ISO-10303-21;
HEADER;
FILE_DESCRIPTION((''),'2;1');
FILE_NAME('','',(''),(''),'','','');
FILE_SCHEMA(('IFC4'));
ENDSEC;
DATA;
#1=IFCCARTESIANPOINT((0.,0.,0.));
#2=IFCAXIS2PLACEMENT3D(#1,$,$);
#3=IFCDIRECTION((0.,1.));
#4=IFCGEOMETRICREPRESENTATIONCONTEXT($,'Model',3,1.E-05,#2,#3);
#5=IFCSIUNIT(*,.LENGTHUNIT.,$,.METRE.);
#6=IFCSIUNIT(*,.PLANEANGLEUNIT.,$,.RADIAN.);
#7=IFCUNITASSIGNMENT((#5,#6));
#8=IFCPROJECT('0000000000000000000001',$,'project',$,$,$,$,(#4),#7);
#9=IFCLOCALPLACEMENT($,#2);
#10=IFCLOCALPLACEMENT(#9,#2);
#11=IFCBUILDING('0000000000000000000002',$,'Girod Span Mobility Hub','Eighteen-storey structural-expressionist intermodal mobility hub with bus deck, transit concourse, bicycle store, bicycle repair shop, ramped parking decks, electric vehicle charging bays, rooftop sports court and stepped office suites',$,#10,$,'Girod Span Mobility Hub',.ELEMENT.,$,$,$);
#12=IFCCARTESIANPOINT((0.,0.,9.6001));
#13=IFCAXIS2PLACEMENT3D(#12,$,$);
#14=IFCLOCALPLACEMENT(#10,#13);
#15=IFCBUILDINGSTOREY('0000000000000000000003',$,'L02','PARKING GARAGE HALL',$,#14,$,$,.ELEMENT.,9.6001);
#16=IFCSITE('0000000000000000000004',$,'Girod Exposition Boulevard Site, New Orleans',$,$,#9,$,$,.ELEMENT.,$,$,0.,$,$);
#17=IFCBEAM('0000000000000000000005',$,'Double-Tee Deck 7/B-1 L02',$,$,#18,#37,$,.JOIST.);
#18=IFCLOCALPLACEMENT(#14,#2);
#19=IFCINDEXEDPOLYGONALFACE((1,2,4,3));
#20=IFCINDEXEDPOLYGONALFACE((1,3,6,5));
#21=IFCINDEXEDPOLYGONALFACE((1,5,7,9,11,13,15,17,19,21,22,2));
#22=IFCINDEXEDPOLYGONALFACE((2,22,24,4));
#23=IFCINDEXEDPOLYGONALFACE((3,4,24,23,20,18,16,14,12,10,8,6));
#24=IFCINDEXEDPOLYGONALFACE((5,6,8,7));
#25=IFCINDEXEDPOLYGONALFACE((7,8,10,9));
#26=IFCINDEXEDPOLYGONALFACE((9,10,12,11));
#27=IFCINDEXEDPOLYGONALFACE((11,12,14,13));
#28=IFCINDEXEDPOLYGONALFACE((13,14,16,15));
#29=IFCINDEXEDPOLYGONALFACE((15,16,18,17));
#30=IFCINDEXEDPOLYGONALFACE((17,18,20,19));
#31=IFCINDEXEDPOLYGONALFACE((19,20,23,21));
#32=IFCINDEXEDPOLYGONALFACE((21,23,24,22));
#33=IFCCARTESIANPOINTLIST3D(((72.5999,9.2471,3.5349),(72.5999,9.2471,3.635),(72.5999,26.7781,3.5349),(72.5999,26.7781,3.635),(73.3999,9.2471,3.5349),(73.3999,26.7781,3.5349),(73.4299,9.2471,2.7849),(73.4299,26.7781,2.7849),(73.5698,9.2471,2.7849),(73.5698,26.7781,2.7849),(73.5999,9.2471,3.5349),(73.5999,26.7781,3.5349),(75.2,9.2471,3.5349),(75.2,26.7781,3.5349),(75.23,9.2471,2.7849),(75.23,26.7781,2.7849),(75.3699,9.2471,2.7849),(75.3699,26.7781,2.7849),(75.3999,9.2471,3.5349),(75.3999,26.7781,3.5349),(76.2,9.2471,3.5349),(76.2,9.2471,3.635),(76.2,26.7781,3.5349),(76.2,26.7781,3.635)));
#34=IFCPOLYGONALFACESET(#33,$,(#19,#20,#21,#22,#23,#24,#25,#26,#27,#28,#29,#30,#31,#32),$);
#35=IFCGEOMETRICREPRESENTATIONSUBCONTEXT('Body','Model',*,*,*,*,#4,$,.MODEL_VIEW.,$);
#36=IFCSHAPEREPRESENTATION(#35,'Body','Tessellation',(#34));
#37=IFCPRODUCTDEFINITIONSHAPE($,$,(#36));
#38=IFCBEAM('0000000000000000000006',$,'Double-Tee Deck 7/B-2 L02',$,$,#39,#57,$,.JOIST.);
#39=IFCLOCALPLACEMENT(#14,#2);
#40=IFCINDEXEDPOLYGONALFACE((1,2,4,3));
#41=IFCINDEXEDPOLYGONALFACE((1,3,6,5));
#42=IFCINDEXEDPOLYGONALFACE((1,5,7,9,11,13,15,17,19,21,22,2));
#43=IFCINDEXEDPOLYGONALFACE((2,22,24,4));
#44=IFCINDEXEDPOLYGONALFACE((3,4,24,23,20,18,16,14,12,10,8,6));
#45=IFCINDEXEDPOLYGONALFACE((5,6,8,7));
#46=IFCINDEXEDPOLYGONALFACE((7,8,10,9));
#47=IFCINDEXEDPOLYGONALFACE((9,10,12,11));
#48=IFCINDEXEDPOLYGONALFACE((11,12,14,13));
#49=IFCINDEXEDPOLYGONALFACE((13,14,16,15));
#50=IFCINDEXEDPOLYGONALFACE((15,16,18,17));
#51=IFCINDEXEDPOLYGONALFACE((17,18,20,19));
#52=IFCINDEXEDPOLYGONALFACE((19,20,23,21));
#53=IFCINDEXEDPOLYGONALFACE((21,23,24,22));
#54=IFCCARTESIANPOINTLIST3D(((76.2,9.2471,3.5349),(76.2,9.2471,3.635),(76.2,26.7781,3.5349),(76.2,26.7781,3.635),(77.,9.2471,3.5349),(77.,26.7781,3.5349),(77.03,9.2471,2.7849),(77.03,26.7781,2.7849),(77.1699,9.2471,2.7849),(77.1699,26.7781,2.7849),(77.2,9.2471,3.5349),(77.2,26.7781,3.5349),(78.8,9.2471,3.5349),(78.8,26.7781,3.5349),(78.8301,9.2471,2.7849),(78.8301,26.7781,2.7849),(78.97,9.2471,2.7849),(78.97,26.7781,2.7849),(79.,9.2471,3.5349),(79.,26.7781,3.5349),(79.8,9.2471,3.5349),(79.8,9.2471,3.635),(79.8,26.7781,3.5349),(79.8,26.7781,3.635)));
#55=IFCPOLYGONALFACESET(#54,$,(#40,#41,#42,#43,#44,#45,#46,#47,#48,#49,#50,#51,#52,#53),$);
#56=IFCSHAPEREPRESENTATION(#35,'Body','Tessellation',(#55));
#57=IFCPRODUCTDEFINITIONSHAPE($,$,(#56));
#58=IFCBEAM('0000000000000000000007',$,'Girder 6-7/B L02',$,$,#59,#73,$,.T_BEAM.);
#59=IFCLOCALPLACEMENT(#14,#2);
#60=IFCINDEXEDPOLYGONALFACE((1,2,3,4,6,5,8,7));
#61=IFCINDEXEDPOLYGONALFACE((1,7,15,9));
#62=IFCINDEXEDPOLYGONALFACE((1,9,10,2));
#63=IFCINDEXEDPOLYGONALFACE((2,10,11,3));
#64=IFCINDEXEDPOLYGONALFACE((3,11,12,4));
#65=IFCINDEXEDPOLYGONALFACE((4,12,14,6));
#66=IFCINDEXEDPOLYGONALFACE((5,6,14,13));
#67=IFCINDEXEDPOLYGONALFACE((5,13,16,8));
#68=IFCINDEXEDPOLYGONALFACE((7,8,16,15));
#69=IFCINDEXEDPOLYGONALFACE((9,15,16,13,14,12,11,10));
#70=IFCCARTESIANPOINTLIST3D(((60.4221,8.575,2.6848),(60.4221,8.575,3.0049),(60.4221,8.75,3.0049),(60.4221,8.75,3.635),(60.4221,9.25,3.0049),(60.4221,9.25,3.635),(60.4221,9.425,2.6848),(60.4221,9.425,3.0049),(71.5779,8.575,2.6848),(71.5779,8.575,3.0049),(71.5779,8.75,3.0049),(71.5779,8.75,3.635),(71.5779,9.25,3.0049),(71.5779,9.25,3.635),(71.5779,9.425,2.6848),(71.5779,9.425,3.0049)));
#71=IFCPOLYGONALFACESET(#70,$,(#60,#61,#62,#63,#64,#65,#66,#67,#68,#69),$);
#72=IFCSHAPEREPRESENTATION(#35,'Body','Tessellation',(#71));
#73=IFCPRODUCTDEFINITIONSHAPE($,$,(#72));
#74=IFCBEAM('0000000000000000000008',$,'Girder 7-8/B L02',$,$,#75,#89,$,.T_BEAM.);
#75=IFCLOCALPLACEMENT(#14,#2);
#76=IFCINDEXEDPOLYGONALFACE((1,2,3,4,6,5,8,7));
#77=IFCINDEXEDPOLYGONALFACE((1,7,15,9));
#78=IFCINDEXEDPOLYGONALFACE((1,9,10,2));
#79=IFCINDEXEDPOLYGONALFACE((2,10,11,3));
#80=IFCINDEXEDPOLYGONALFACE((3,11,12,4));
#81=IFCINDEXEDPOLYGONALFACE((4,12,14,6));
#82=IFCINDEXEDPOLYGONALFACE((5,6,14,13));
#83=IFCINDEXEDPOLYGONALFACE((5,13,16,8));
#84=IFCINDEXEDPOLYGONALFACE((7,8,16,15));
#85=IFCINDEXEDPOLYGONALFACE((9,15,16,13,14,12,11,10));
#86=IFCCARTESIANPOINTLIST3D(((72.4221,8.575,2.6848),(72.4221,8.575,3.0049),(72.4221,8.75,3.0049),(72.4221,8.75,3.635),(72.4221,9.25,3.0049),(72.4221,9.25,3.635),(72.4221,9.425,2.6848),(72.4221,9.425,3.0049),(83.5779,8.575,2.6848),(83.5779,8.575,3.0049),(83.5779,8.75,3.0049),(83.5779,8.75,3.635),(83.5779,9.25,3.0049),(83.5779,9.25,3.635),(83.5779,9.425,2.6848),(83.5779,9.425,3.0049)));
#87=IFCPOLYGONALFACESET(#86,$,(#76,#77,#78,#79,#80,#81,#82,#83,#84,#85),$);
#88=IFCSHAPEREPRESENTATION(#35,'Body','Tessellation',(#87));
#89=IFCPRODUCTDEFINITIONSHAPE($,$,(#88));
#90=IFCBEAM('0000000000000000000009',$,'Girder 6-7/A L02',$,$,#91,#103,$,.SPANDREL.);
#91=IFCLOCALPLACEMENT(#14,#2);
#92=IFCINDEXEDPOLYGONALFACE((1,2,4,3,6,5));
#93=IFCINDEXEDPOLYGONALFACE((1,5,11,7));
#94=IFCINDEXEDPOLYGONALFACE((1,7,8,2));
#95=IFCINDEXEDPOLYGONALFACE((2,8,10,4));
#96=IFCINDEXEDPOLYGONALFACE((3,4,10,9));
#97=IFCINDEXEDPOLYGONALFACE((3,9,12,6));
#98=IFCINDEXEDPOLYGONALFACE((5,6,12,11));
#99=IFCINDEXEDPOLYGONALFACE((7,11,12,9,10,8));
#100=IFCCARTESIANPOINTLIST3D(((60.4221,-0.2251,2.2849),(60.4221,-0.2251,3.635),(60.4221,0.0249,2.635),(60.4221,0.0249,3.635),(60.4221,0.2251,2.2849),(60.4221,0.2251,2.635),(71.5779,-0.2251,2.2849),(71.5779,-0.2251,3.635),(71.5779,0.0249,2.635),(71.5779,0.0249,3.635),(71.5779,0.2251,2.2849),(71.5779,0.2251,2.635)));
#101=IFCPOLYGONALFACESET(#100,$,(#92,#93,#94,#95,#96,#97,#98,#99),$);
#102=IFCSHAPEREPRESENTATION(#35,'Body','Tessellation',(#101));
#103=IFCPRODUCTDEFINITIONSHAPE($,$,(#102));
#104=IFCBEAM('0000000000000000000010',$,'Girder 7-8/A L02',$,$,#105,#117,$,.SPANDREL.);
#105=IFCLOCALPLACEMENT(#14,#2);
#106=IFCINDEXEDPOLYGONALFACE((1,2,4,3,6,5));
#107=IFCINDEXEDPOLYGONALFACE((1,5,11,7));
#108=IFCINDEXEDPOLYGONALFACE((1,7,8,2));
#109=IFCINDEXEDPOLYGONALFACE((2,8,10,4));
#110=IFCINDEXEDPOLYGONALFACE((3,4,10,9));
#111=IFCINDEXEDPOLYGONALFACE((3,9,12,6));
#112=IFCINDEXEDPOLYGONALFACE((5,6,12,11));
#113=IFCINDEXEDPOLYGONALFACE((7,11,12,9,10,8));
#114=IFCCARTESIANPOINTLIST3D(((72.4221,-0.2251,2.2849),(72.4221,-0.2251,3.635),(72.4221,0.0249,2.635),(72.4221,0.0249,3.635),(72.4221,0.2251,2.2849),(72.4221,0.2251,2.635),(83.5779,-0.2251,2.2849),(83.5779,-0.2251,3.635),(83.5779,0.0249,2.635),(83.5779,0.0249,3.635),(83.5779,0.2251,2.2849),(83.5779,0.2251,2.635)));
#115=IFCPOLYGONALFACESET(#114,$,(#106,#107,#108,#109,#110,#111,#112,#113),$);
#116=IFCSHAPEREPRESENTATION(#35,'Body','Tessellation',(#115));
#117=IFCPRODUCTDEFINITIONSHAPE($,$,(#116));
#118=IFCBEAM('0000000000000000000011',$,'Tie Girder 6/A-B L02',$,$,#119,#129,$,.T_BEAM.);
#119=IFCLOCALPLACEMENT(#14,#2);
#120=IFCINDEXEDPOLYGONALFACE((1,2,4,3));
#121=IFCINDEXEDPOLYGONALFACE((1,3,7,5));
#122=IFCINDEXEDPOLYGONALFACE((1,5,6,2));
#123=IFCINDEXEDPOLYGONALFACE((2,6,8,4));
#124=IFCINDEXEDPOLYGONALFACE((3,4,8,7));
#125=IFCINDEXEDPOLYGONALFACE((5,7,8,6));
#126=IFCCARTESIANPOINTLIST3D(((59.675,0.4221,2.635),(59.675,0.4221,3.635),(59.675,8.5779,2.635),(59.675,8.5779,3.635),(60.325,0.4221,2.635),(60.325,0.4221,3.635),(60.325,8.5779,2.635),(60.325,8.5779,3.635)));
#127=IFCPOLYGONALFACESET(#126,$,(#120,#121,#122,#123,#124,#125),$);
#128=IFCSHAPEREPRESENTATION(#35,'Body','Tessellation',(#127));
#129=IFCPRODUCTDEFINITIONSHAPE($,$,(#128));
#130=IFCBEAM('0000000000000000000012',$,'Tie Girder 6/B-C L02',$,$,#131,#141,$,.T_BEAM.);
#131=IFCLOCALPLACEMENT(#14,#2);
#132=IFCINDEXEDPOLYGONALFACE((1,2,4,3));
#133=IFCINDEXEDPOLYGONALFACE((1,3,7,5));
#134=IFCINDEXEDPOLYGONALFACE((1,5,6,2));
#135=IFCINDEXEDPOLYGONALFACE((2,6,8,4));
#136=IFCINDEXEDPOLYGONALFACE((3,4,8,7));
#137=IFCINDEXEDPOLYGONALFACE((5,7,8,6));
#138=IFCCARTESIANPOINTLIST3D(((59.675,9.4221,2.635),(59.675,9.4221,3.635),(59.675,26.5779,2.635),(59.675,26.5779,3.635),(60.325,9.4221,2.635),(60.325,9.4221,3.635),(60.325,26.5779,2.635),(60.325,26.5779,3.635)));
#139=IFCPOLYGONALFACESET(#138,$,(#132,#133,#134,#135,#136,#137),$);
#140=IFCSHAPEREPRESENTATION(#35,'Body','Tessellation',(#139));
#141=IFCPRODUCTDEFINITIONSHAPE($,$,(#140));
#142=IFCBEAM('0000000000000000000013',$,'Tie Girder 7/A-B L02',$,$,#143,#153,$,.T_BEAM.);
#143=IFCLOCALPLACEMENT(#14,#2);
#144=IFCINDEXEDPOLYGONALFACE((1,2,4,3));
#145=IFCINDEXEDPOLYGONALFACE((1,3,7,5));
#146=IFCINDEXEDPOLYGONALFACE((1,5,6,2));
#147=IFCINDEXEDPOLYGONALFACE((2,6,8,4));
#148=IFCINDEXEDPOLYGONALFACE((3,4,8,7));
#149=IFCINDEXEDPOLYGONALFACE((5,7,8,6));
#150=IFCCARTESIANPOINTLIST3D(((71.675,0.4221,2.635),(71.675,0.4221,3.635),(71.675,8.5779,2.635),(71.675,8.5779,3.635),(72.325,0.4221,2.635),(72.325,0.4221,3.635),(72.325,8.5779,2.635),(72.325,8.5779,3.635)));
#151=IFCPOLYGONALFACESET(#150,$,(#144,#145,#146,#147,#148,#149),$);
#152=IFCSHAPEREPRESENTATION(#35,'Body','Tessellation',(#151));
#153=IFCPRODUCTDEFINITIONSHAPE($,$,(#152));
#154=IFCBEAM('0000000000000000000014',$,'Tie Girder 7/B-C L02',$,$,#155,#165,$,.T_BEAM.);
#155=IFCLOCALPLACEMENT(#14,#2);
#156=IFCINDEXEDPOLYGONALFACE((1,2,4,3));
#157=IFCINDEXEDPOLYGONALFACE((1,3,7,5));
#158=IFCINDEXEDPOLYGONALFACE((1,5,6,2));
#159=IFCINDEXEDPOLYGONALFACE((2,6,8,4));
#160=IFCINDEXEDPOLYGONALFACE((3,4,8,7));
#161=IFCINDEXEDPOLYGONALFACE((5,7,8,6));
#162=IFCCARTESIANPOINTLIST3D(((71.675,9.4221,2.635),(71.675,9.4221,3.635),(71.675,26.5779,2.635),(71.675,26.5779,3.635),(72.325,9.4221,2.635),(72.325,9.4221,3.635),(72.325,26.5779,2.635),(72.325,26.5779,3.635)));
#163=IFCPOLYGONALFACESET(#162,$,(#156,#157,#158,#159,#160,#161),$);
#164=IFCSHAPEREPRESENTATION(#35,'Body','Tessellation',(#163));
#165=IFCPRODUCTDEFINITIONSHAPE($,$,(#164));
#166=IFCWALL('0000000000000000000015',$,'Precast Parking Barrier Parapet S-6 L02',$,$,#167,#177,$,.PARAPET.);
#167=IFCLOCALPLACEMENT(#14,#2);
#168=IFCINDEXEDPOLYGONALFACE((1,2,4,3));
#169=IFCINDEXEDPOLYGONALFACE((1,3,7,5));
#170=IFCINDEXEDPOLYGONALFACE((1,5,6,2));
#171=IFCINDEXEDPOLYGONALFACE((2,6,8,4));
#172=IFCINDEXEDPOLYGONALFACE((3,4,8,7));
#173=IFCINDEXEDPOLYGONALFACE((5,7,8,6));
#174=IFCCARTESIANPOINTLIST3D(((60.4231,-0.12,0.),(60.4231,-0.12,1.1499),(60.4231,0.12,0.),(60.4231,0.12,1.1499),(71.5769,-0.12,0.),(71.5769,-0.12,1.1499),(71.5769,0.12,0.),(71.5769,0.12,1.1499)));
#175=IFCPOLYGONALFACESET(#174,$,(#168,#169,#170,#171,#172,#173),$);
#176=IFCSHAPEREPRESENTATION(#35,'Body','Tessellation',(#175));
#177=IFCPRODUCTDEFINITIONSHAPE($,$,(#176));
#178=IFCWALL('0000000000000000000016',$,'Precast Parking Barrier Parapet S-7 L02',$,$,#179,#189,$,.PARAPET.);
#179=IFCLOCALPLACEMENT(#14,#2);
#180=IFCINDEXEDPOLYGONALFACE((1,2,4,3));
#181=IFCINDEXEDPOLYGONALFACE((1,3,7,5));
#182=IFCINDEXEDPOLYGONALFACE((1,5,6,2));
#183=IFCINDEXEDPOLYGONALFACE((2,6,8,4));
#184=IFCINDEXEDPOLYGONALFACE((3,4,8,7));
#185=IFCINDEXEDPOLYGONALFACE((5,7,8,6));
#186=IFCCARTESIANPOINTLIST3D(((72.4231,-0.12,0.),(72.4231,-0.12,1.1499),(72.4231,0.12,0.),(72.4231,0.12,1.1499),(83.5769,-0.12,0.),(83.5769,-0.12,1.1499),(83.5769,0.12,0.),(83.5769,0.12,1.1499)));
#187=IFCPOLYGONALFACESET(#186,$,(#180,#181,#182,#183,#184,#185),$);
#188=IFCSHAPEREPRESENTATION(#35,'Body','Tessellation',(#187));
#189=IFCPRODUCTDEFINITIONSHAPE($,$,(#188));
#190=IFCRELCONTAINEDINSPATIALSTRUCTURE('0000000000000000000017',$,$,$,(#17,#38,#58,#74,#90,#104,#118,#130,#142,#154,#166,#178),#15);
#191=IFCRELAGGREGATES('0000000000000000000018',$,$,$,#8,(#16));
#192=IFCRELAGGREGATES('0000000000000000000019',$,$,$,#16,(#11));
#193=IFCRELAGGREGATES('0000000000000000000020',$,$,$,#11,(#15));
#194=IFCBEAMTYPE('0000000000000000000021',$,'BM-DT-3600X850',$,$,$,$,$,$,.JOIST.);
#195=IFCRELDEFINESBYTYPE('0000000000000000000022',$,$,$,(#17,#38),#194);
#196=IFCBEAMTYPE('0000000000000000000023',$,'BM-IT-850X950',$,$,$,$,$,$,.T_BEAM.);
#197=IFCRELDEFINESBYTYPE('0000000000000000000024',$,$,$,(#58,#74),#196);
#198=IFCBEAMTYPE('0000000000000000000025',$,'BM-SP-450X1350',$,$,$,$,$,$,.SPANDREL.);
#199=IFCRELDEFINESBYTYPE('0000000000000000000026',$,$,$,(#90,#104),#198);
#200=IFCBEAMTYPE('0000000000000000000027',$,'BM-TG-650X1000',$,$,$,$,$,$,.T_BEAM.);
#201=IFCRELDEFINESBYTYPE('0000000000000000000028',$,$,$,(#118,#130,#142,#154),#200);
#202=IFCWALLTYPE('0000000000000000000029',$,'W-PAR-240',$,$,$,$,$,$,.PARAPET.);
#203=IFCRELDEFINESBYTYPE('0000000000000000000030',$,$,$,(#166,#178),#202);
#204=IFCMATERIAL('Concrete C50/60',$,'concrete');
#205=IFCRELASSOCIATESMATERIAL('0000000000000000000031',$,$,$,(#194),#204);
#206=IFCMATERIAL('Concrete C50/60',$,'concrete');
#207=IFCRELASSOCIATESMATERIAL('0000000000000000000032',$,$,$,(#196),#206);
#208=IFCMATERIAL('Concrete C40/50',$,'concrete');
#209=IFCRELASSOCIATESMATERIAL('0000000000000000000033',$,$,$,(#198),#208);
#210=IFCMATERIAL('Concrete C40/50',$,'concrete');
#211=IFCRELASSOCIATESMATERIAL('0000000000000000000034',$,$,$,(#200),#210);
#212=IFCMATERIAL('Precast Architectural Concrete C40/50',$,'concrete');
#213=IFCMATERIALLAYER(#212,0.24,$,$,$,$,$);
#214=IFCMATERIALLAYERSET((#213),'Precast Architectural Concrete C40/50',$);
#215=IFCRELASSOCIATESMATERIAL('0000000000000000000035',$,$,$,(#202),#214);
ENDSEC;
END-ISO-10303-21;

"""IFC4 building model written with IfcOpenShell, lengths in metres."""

from ifc_helpers import new_model, si_unit, direction, frame, frame_2d, origin, origin_2d, place, context, subcontext, project, spatial, polyline, rectangle, outline, extrude, material, layer, layer_set, material_profile, profile_set, type_object, element, save


model = new_model("IFC4")

# Units and contexts
model_context = context("Model", 3, precision=1e-05, world=origin(), true_north=direction((0.0, 1.0)))
body_context = subcontext(model_context, "Body", "Model", "MODEL_VIEW")
ifc_project = project(units=[si_unit("LENGTHUNIT", "METRE"), si_unit("PLANEANGLEUNIT", "RADIAN")], contexts=[model_context])

# Site, building, storey
site_placement = place(None, origin())
site = spatial("IfcSite", under=ifc_project, at=site_placement, Name="Girod Exposition Boulevard Site, New Orleans", CompositionType="ELEMENT", RefElevation=0.0)
building_placement = place(site_placement, origin())
building = spatial("IfcBuilding", under=site, at=building_placement, Name="Girod Span Mobility Hub", Description="Eighteen-storey structural-expressionist intermodal mobility hub with bus deck, transit concourse, bicycle store, bicycle repair shop, ramped parking decks, electric vehicle charging bays, rooftop sports court and stepped office suites", LongName="Girod Span Mobility Hub", CompositionType="ELEMENT")
storey_placement = place(building_placement, frame((0.0, 0.0, 9.6001)))
storey = spatial("IfcBuildingStorey", under=building, at=storey_placement, Name="L02", Description="PARKING GARAGE HALL", CompositionType="ELEMENT", Elevation=9.6001)

# Beams
ifc_material_1 = material(Name="Concrete C50/60", Category="concrete")
ifc_material_profile_1 = material_profile(ifc_material_1, outline(polyline([(-1.8, 0.425), (-1.8, 0.325), (-1.0, 0.325), (-0.97, -0.425), (-0.8301, -0.425), (-0.8, 0.325), (0.8, 0.325), (0.8301, -0.425), (0.97, -0.425), (1.0, 0.325), (1.8, 0.325), (1.8, 0.425), (-1.8, 0.425)])), Name="DT-3600X850")
ifc_profile_set_1 = profile_set([ifc_material_profile_1], Name="Concrete C50/60")
beam_type_1 = type_object("IfcBeamType", Name="BM-DT-3600X850", PredefinedType="JOIST", material=ifc_profile_set_1)
for number, where, z_axis, x_axis, name in (
    (1, (74.3999, 9.2471, 3.21), (0.0, 1.0, 0.0), (-1.0, 0.0, 0.0), "Double-Tee Deck 7/B-1 L02"),
    (2, (78.0, 9.2471, 3.21), (0.0, 1.0, 0.0), (-1.0, 0.0, 0.0), "Double-Tee Deck 7/B-2 L02"),
):
    element("IfcBeam", number, at=place(storey_placement, frame(where, z_axis=z_axis, x_axis=x_axis)), inside=storey, type_object=beam_type_1, Name=name, PredefinedType="JOIST", context=body_context, shape_type="SweptSolid", body=[
        extrude(outline(polyline([(-1.8, 0.425), (-1.8, 0.325), (-1.0, 0.325), (-0.97, -0.425), (-0.8301, -0.425), (-0.8, 0.325), (0.8, 0.325), (0.8301, -0.425), (0.97, -0.425), (1.0, 0.325), (1.8, 0.325), (1.8, 0.425), (-1.8, 0.425)])), origin(), (0.0, 0.0, 1.0), 17.531),
    ])
ifc_material_2 = material(Name="Concrete C50/60", Category="concrete")
ifc_material_profile_2 = material_profile(ifc_material_2, outline(polyline([(-0.425, -0.4751), (0.425, -0.4751), (0.425, -0.155), (0.25, -0.155), (0.25, 0.4751), (-0.25, 0.4751), (-0.25, -0.155), (-0.425, -0.155), (-0.425, -0.4751)])), Name="IT-850X950")
ifc_profile_set_2 = profile_set([ifc_material_profile_2], Name="Concrete C50/60")
beam_type_2 = type_object("IfcBeamType", Name="BM-IT-850X950", PredefinedType="T_BEAM", material=ifc_profile_set_2)
for number, where, z_axis, x_axis, name in (
    (3, (60.4221, 9.0, 3.1599), (1.0, 0.0, 0.0), (0.0, 1.0, 0.0), "Girder 6-7/B L02"),
    (4, (72.4221, 9.0, 3.1599), (1.0, 0.0, 0.0), (0.0, 1.0, 0.0), "Girder 7-8/B L02"),
):
    element("IfcBeam", number, at=place(storey_placement, frame(where, z_axis=z_axis, x_axis=x_axis)), inside=storey, type_object=beam_type_2, Name=name, PredefinedType="T_BEAM", context=body_context, shape_type="SweptSolid", body=[
        extrude(outline(polyline([(-0.425, -0.4751), (0.425, -0.4751), (0.425, -0.155), (0.25, -0.155), (0.25, 0.4751), (-0.25, 0.4751), (-0.25, -0.155), (-0.425, -0.155), (-0.425, -0.4751)])), origin(), (0.0, 0.0, 1.0), 11.1558),
    ])
ifc_material_3 = material(Name="Concrete C40/50", Category="concrete")
ifc_material_profile_3 = material_profile(ifc_material_3, outline(polyline([(-0.2251, -0.675), (0.2251, -0.675), (0.2251, -0.325), (0.0249, -0.325), (0.0249, 0.675), (-0.2251, 0.675), (-0.2251, -0.675)])), Name="SP-450X1350")
ifc_profile_set_3 = profile_set([ifc_material_profile_3], Name="Concrete C40/50")
beam_type_3 = type_object("IfcBeamType", Name="BM-SP-450X1350", PredefinedType="SPANDREL", material=ifc_profile_set_3)
for number, where, z_axis, x_axis, name in (
    (5, (60.4221, 0.0, 2.96), (1.0, 0.0, 0.0), (0.0, 1.0, 0.0), "Girder 6-7/A L02"),
    (6, (72.4221, 0.0, 2.96), (1.0, 0.0, 0.0), (0.0, 1.0, 0.0), "Girder 7-8/A L02"),
):
    element("IfcBeam", number, at=place(storey_placement, frame(where, z_axis=z_axis, x_axis=x_axis)), inside=storey, type_object=beam_type_3, Name=name, PredefinedType="SPANDREL", context=body_context, shape_type="SweptSolid", body=[
        extrude(outline(polyline([(-0.2251, -0.675), (0.2251, -0.675), (0.2251, -0.325), (0.0249, -0.325), (0.0249, 0.675), (-0.2251, 0.675), (-0.2251, -0.675)])), origin(), (0.0, 0.0, 1.0), 11.1558),
    ])
ifc_material_4 = material(Name="Concrete C40/50", Category="concrete")
ifc_material_profile_4 = material_profile(ifc_material_4, rectangle(XDim=0.6499, YDim=1.0, at=origin_2d()), Name="TG-650X1000")
ifc_profile_set_4 = profile_set([ifc_material_profile_4], Name="Concrete C40/50")
beam_type_4 = type_object("IfcBeamType", Name="BM-TG-650X1000", PredefinedType="T_BEAM", material=ifc_profile_set_4)
beam_1_placement = place(storey_placement, frame((60.0, 0.4221, 3.135), z_axis=(0.0, 1.0, 0.0), x_axis=(-1.0, 0.0, 0.0)))
element("IfcBeam", 7, at=beam_1_placement, inside=storey, type_object=beam_type_4, Name="Tie Girder 6/A-B L02", PredefinedType="T_BEAM", context=body_context, shape_type="SweptSolid", body=[
    extrude(rectangle(XDim=0.6499, YDim=1.0, at=origin_2d()), origin(), (0.0, 0.0, 1.0), 8.1558),
])
beam_2_placement = place(storey_placement, frame((60.0, 9.4221, 3.135), z_axis=(0.0, 1.0, 0.0), x_axis=(-1.0, 0.0, 0.0)))
element("IfcBeam", 8, at=beam_2_placement, inside=storey, type_object=beam_type_4, Name="Tie Girder 6/B-C L02", PredefinedType="T_BEAM", context=body_context, shape_type="SweptSolid", body=[
    extrude(rectangle(XDim=0.6499, YDim=1.0, at=origin_2d()), origin(), (0.0, 0.0, 1.0), 17.1558),
])
beam_3_placement = place(storey_placement, frame((72.0, 0.4221, 3.135), z_axis=(0.0, 1.0, 0.0), x_axis=(-1.0, 0.0, 0.0)))
element("IfcBeam", 9, at=beam_3_placement, inside=storey, type_object=beam_type_4, Name="Tie Girder 7/A-B L02", PredefinedType="T_BEAM", context=body_context, shape_type="SweptSolid", body=[
    extrude(rectangle(XDim=0.6499, YDim=1.0, at=origin_2d()), origin(), (0.0, 0.0, 1.0), 8.1558),
])
beam_4_placement = place(storey_placement, frame((72.0, 9.4221, 3.135), z_axis=(0.0, 1.0, 0.0), x_axis=(-1.0, 0.0, 0.0)))
element("IfcBeam", 10, at=beam_4_placement, inside=storey, type_object=beam_type_4, Name="Tie Girder 7/B-C L02", PredefinedType="T_BEAM", context=body_context, shape_type="SweptSolid", body=[
    extrude(rectangle(XDim=0.6499, YDim=1.0, at=origin_2d()), origin(), (0.0, 0.0, 1.0), 17.1558),
])

# Walls
ifc_material_5 = material(Name="Precast Architectural Concrete C40/50", Category="concrete")
ifc_layer = layer(ifc_material_5, 0.24)
ifc_layer_set = layer_set([ifc_layer], Name="Precast Architectural Concrete C40/50")
wall_type = type_object("IfcWallType", Name="W-PAR-240", PredefinedType="PARAPET", material=ifc_layer_set)
for number, where, z_axis, x_axis, name in (
    (11, (60.4231, 0.0, 0.0), (0.0, 0.0, 1.0), (1.0, 0.0, 0.0), "Precast Parking Barrier Parapet S-6 L02"),
    (12, (72.4231, 0.0, 0.0), (0.0, 0.0, 1.0), (1.0, 0.0, 0.0), "Precast Parking Barrier Parapet S-7 L02"),
):
    element("IfcWall", number, at=place(storey_placement, frame(where, z_axis=z_axis, x_axis=x_axis)), inside=storey, type_object=wall_type, Name=name, PredefinedType="PARAPET", context=body_context, shape_type="SweptSolid", body=[
        extrude(rectangle(XDim=11.1538, YDim=0.24, at=frame_2d((5.5769, 0.0))), origin(), (0.0, 0.0, 1.0), 1.1499),
    ])

save(model, "model.ifc")
